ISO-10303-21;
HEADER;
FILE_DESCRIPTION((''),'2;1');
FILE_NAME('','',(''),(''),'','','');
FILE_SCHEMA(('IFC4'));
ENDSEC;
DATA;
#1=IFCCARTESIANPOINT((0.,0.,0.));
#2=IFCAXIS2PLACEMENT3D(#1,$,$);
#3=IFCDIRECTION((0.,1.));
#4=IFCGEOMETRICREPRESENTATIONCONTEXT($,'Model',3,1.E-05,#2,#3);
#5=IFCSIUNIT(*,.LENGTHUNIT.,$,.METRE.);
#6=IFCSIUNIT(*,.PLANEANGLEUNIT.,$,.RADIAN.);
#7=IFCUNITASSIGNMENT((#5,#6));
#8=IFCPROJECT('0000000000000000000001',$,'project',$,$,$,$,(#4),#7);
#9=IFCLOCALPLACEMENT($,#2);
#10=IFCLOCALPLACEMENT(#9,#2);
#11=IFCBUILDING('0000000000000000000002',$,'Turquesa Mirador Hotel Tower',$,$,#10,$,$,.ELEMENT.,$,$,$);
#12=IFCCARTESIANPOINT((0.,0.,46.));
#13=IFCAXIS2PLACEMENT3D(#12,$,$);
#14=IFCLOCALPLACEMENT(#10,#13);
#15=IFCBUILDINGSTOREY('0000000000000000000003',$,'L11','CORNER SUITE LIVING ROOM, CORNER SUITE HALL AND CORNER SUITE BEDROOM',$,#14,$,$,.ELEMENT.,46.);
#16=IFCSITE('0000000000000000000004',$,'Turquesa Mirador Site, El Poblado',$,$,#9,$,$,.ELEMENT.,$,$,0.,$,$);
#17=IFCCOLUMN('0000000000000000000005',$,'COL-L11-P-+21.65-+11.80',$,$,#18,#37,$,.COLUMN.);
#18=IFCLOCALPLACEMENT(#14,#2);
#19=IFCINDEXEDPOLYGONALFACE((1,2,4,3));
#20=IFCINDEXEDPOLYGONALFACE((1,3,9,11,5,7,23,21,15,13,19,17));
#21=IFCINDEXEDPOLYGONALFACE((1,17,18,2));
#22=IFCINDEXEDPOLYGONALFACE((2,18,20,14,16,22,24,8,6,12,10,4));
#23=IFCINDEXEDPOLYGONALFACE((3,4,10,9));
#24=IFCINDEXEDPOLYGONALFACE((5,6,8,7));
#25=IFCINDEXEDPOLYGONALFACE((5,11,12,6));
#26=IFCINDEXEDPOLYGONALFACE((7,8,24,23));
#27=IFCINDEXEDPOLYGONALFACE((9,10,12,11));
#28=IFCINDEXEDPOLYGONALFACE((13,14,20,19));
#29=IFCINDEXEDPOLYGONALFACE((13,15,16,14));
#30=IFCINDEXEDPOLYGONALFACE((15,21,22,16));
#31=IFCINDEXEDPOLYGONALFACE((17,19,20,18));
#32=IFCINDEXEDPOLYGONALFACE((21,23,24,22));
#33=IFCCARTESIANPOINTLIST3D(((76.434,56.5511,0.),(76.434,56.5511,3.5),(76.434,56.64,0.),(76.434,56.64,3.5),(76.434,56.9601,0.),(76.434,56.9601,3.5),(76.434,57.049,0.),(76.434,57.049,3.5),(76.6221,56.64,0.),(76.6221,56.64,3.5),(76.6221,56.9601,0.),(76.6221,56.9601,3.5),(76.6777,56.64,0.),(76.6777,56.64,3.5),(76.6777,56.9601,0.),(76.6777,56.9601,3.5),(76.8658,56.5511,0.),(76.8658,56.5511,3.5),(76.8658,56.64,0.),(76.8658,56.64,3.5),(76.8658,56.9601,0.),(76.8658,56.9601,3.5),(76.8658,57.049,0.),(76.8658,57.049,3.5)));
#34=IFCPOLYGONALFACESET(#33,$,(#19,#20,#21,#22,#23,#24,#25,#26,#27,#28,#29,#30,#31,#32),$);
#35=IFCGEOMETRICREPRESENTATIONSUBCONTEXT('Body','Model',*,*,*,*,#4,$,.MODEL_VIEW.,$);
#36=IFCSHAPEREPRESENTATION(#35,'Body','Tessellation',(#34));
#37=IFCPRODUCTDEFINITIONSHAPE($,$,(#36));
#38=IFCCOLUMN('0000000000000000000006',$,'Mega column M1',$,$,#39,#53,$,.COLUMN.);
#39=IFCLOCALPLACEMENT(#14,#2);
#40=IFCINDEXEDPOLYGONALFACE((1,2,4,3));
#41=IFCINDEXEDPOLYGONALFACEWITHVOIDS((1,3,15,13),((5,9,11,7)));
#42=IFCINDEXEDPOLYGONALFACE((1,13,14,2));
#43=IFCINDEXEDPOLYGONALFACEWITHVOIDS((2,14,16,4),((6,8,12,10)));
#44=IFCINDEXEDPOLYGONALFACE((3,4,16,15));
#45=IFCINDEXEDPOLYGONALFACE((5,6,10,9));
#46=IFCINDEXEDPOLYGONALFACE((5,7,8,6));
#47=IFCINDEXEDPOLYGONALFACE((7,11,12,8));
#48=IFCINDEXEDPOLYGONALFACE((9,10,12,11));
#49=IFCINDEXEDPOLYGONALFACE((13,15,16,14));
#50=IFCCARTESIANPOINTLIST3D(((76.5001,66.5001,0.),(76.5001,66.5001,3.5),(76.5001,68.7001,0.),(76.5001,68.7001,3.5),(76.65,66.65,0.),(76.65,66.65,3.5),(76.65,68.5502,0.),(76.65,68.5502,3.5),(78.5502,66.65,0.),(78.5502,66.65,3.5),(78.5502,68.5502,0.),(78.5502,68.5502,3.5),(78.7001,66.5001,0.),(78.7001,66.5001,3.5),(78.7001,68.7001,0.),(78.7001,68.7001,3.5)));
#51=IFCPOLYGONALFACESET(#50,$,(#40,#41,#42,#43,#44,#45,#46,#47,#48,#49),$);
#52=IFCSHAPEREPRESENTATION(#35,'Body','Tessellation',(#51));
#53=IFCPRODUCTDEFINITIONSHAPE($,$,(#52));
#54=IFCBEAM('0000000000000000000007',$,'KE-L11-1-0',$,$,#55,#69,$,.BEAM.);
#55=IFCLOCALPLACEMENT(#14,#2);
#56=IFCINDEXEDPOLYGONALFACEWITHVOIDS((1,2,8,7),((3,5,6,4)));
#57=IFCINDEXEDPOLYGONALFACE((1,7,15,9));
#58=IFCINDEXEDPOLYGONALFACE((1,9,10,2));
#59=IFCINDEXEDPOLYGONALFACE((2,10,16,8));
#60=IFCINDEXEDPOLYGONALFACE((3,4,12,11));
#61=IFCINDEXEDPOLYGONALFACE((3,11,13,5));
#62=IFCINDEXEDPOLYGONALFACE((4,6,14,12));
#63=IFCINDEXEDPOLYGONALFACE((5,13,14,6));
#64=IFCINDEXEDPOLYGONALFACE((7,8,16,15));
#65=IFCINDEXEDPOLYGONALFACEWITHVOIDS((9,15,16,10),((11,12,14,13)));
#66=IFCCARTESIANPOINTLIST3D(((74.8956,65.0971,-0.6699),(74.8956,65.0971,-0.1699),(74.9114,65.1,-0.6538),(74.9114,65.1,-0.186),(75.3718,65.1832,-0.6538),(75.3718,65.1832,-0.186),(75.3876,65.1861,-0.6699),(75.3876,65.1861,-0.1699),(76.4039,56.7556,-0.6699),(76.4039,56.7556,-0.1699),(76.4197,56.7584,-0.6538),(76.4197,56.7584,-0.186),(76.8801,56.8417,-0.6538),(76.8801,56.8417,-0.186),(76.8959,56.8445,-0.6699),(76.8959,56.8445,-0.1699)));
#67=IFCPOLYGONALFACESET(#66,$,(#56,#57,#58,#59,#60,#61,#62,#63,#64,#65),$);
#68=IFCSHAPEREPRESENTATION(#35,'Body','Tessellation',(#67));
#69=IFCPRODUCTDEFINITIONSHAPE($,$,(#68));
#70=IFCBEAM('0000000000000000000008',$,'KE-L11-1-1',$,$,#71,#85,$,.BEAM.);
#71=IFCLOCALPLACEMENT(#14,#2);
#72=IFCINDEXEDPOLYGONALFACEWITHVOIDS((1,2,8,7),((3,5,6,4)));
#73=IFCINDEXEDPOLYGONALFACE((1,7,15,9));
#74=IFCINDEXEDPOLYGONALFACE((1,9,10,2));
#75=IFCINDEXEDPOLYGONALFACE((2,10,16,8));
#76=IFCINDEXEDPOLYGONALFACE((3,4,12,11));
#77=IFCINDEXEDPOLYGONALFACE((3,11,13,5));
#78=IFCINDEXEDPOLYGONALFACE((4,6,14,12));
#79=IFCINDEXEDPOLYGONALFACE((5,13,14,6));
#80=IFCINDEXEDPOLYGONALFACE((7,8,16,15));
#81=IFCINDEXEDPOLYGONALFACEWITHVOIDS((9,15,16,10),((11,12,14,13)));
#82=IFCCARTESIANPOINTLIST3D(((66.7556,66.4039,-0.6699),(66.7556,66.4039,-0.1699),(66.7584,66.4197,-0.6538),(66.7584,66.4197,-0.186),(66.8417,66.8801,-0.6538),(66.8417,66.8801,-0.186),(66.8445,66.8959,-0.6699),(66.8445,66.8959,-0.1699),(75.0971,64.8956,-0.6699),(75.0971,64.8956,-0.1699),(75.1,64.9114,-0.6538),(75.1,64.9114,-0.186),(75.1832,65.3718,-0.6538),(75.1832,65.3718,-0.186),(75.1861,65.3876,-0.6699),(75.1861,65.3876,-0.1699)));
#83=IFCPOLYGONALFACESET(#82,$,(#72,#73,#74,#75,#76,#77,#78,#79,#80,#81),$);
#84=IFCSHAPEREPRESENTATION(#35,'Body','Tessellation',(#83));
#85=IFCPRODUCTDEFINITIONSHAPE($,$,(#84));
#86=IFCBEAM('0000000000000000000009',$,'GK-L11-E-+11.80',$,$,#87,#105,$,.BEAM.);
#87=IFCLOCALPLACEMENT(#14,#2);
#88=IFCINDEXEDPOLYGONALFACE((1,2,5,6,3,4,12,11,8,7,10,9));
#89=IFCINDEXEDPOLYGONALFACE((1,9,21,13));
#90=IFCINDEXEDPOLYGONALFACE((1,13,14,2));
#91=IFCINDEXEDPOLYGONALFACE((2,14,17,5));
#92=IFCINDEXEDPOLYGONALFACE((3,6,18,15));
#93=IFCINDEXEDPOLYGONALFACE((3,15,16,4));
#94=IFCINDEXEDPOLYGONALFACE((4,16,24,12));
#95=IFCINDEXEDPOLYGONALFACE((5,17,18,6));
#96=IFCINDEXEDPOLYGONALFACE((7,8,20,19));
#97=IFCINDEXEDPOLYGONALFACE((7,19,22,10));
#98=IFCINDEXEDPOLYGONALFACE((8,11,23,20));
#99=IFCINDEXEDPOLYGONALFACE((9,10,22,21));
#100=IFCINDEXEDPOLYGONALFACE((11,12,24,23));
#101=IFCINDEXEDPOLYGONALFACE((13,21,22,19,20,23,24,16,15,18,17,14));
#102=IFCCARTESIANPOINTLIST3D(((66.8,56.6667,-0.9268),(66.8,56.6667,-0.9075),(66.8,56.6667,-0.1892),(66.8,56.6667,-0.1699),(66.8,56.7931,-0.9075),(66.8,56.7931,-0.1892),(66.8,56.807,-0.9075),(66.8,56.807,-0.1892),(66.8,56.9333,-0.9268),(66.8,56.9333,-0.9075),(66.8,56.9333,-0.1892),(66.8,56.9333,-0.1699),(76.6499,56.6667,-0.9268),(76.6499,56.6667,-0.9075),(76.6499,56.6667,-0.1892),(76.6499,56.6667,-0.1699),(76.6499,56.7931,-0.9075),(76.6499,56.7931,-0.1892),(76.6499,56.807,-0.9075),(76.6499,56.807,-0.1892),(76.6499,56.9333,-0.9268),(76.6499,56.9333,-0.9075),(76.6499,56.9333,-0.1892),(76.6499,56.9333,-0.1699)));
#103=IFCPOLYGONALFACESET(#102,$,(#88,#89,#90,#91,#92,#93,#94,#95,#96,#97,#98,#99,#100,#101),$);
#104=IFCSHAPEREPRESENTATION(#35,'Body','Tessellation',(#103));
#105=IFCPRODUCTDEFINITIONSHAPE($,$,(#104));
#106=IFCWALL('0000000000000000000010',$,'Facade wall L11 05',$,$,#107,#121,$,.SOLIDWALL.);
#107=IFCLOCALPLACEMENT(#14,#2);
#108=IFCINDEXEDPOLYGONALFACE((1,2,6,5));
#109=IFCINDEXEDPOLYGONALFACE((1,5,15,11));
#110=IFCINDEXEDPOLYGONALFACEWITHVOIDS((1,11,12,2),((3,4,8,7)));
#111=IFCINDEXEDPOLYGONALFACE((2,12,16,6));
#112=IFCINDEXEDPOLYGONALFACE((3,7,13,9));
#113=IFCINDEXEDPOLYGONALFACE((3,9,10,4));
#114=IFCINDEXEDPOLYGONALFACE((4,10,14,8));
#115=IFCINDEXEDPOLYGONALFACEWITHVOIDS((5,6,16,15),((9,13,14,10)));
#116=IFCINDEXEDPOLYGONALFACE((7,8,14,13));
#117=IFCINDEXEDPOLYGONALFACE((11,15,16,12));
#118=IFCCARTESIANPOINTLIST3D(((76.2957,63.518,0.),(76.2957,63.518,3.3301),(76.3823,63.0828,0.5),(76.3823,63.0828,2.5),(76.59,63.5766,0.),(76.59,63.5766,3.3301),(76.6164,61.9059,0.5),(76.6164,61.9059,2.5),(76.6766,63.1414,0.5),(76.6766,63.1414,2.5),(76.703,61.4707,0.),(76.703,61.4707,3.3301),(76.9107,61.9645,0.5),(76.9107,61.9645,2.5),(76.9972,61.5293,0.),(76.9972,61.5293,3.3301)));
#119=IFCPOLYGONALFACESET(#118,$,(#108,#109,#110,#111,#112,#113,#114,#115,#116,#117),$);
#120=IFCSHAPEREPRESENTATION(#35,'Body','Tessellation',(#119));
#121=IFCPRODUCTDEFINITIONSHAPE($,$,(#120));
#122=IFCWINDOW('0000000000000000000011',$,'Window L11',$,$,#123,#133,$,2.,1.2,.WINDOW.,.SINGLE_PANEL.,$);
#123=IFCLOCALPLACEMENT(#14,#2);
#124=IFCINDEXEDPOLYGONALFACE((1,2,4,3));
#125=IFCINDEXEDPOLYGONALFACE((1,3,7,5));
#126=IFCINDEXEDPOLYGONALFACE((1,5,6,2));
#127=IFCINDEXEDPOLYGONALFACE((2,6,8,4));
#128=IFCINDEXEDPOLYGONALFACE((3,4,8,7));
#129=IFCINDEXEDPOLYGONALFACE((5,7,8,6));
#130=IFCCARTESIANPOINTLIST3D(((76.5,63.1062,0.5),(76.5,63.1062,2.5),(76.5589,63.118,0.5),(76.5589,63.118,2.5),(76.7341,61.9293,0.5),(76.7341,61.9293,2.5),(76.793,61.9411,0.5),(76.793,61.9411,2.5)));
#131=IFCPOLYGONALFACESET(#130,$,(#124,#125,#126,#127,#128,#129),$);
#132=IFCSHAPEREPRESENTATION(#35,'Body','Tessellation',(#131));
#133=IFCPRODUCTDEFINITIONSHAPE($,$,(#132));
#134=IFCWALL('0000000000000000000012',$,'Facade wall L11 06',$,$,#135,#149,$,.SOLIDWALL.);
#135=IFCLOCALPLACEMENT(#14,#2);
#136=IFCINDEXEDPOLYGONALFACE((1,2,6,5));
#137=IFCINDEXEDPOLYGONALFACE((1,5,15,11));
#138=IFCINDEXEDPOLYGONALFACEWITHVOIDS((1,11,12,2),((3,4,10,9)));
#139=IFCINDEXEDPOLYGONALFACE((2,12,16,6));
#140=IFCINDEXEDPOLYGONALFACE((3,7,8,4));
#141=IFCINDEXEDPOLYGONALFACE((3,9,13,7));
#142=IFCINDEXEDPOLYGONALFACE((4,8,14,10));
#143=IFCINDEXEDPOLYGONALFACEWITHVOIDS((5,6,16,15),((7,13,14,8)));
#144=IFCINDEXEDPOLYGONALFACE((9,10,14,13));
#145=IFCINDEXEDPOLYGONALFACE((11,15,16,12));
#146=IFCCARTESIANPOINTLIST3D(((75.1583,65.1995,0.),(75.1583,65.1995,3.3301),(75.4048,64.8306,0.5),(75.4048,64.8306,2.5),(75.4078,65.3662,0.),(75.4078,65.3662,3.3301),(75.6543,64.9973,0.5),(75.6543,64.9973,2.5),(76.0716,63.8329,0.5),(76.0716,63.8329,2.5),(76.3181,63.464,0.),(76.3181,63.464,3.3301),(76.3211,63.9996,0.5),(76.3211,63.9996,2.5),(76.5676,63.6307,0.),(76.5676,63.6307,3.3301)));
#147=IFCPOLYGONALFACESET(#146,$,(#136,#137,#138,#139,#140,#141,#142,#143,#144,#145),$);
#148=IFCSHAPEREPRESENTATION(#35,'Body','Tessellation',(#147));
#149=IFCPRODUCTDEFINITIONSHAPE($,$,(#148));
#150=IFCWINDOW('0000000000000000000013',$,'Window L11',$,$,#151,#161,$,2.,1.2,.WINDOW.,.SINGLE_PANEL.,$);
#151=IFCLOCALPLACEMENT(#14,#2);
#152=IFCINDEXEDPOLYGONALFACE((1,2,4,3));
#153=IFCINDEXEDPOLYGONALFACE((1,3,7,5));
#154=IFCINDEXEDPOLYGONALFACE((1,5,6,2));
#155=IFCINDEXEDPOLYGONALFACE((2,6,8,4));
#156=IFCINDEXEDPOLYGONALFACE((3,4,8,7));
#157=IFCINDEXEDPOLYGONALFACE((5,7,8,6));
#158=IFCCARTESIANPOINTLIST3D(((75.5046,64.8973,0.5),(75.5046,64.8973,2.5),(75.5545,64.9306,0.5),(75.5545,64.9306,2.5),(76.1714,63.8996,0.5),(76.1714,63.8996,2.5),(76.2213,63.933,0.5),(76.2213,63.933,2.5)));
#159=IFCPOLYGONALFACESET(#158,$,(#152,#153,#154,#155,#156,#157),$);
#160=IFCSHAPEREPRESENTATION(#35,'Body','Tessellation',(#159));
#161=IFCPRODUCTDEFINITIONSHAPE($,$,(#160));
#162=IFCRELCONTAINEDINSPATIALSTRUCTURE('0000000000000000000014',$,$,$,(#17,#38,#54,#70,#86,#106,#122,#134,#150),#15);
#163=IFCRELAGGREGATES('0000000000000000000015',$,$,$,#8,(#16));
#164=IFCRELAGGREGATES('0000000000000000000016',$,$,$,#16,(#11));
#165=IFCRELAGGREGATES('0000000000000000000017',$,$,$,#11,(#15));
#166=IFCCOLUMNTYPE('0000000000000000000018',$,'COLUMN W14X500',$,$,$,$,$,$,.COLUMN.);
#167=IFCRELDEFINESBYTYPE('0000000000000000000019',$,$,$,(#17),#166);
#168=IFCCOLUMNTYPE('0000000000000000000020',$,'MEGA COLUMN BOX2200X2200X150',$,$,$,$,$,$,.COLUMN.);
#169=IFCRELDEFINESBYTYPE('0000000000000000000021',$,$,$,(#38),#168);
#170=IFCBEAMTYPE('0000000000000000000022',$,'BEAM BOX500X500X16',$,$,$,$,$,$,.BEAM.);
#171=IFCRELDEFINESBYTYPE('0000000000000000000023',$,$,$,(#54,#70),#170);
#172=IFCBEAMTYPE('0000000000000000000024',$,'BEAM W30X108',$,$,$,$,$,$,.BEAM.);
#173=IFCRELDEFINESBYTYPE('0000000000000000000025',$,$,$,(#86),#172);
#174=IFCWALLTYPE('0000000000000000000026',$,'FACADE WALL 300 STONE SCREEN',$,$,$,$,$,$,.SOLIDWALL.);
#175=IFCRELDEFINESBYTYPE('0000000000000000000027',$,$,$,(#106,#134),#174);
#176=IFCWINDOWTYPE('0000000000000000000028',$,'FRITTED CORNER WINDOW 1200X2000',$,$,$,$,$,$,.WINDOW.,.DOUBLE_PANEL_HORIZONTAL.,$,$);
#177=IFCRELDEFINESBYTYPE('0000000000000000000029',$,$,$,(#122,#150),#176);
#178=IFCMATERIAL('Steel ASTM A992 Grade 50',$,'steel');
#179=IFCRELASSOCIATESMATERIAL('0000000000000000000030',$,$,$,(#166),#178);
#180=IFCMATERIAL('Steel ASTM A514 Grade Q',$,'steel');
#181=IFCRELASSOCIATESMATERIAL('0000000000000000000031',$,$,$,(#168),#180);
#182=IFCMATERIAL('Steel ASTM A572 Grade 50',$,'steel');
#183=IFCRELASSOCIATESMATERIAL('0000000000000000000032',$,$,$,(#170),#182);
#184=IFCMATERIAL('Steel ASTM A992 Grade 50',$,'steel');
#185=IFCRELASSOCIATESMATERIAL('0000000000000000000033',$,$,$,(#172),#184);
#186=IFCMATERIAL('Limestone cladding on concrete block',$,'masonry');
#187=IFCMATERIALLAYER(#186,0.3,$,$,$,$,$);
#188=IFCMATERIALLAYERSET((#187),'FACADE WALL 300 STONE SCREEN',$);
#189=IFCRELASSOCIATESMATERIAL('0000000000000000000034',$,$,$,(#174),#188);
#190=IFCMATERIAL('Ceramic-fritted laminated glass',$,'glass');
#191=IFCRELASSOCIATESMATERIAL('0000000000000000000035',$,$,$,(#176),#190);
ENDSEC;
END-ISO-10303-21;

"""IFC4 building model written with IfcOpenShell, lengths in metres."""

from ifc_helpers import new_model, si_unit, direction, frame, frame_2d, origin, origin_2d, place, context, subcontext, project, spatial, rectangle, hollow_rectangle, i_section, extrude, material, layer, layer_set, material_profile, profile_set, type_object, element, fill, save


model = new_model("IFC4")

# Units and contexts
model_context = context("Model", 3, precision=1e-05, world=origin(), true_north=direction((0.0, 1.0)))
body_context = subcontext(model_context, "Body", "Model", "MODEL_VIEW")
ifc_project = project(units=[si_unit("LENGTHUNIT", "METRE"), si_unit("PLANEANGLEUNIT", "RADIAN")], contexts=[model_context])

# Site, building, storey
site_placement = place(None, origin())
site = spatial("IfcSite", under=ifc_project, at=site_placement, Name="Turquesa Mirador Site, El Poblado", CompositionType="ELEMENT", RefElevation=0.0)
building_placement = place(site_placement, origin())
building = spatial("IfcBuilding", under=site, at=building_placement, Name="Turquesa Mirador Hotel Tower", CompositionType="ELEMENT")
storey_placement = place(building_placement, frame((0.0, 0.0, 46.0)))
storey = spatial("IfcBuildingStorey", under=building, at=storey_placement, Name="L11", Description="CORNER SUITE LIVING ROOM, CORNER SUITE HALL AND CORNER SUITE BEDROOM", CompositionType="ELEMENT", Elevation=46.0)

# Columns
ifc_material_1 = material(Name="Steel ASTM A992 Grade 50", Category="steel")
ifc_material_profile_1 = material_profile(ifc_material_1, i_section(OverallWidth=0.4319, OverallDepth=0.4978, WebThickness=0.0557, FlangeThickness=0.0889, at=origin_2d()), Name="W14X500")
ifc_profile_set_1 = profile_set([ifc_material_profile_1], Name="Steel ASTM A992 Grade 50")
column_type_1 = type_object("IfcColumnType", Name="COLUMN W14X500", PredefinedType="COLUMN", material=ifc_profile_set_1)
column_1_placement = place(storey_placement, frame((76.6499, 56.8, 0.0), z_axis=(0.0, 0.0, 1.0), x_axis=(1.0, 0.0, 0.0)))
element("IfcColumn", 1, at=column_1_placement, inside=storey, type_object=column_type_1, Name="COL-L11-P-+21.65-+11.80", PredefinedType="COLUMN", context=body_context, shape_type="SweptSolid", body=[
    extrude(i_section(OverallWidth=0.4319, OverallDepth=0.4978, WebThickness=0.0557, FlangeThickness=0.0889, at=origin_2d()), origin(), (0.0, 0.0, 1.0), 3.5),
])
ifc_material_2 = material(Name="Steel ASTM A514 Grade Q", Category="steel")
ifc_material_profile_2 = material_profile(ifc_material_2, hollow_rectangle(XDim=2.2, YDim=2.2, WallThickness=0.1499, at=origin_2d()), Name="BOX2200X2200X150")
ifc_profile_set_2 = profile_set([ifc_material_profile_2], Name="Steel ASTM A514 Grade Q")
column_type_2 = type_object("IfcColumnType", Name="MEGA COLUMN BOX2200X2200X150", PredefinedType="COLUMN", material=ifc_profile_set_2)
column_2_placement = place(storey_placement, frame((77.6001, 67.6001, 0.0), z_axis=(0.0, 0.0, 1.0), x_axis=(1.0, 0.0, 0.0)))
element("IfcColumn", 2, at=column_2_placement, inside=storey, type_object=column_type_2, Name="Mega column M1", PredefinedType="COLUMN", context=body_context, shape_type="SweptSolid", body=[
    extrude(hollow_rectangle(XDim=2.2, YDim=2.2, WallThickness=0.1499, at=origin_2d()), origin(), (0.0, 0.0, 1.0), 3.5),
])

# Beams
ifc_material_3 = material(Name="Steel ASTM A572 Grade 50", Category="steel")
ifc_material_profile_3 = material_profile(ifc_material_3, hollow_rectangle(XDim=0.5, YDim=0.5, WallThickness=0.0161, at=origin_2d()), Name="BOX500X500X16")
ifc_profile_set_3 = profile_set([ifc_material_profile_3], Name="Steel ASTM A572 Grade 50")
beam_type_1 = type_object("IfcBeamType", Name="BEAM BOX500X500X16", PredefinedType="BEAM", material=ifc_profile_set_3)
for number, where, z_axis, x_axis, name in (
    (3, (76.6499, 56.8, -0.4199), (-0.177932, 0.984043, 0.0), (-0.984043, -0.177932, 0.0), "KE-L11-1-0"),
    (4, (75.1416, 65.1416, -0.4199), (-0.984043, 0.177932, 0.0), (-0.177932, -0.984043, 0.0), "KE-L11-1-1"),
):
    element("IfcBeam", number, at=place(storey_placement, frame(where, z_axis=z_axis, x_axis=x_axis)), inside=storey, type_object=beam_type_1, Name=name, PredefinedType="BEAM", context=body_context, shape_type="SweptSolid", body=[
        extrude(hollow_rectangle(XDim=0.5, YDim=0.5, WallThickness=0.0161, at=origin_2d()), origin(), (0.0, 0.0, 1.0), 8.4768),
    ])
ifc_material_4 = material(Name="Steel ASTM A992 Grade 50", Category="steel")
ifc_material_profile_4 = material_profile(ifc_material_4, i_section(OverallWidth=0.2666, OverallDepth=0.7568, WebThickness=0.0139, FlangeThickness=0.0193, at=origin_2d()), Name="W30X108")
ifc_profile_set_4 = profile_set([ifc_material_profile_4], Name="Steel ASTM A992 Grade 50")
beam_type_2 = type_object("IfcBeamType", Name="BEAM W30X108", PredefinedType="BEAM", material=ifc_profile_set_4)
beam_placement = place(storey_placement, frame((76.6499, 56.8, -0.5483), z_axis=(-1.0, 0.0, 0.0), x_axis=(0.0, -1.0, 0.0)))
element("IfcBeam", 5, at=beam_placement, inside=storey, type_object=beam_type_2, Name="GK-L11-E-+11.80", PredefinedType="BEAM", context=body_context, shape_type="SweptSolid", body=[
    extrude(i_section(OverallWidth=0.2666, OverallDepth=0.7568, WebThickness=0.0139, FlangeThickness=0.0193, at=origin_2d()), origin(), (0.0, 0.0, 1.0), 9.8499),
])

# Walls, openings, windows
ifc_material_5 = material(Name="Limestone cladding on concrete block", Category="masonry")
ifc_layer = layer(ifc_material_5, 0.3)
ifc_layer_set = layer_set([ifc_layer], Name="FACADE WALL 300 STONE SCREEN")
wall_type = type_object("IfcWallType", Name="FACADE WALL 300 STONE SCREEN", PredefinedType="SOLIDWALL", material=ifc_layer_set)
wall_1_placement = place(storey_placement, frame((76.8501, 61.5, 0.0), z_axis=(0.0, 0.0, 1.0), x_axis=(-0.195081, 0.980787, 0.0)))
wall_1 = element("IfcWall", 6, at=wall_1_placement, inside=storey, type_object=wall_type, Name="Facade wall L11 05", PredefinedType="SOLIDWALL", context=body_context, shape_type="SweptSolid", body=[
    extrude(rectangle(XDim=2.0874, YDim=0.3, at=frame_2d((1.0437, 0.0))), origin(), (0.0, 0.0, 1.0), 3.3301),
])
opening_1_placement = place(wall_1_placement, frame((0.4436, 0.0, 0.5)))
opening_1 = element("IfcOpeningElement", 7, at=opening_1_placement, cuts=wall_1, PredefinedType="OPENING", context=body_context, shape_type="SweptSolid", body=[
    extrude(rectangle(XDim=1.2, YDim=2.0, at=frame_2d((0.6001, 1.0))), frame((0.0, 0.1599, 0.0), z_axis=(0.0, -1.0, 0.0), x_axis=(1.0, 0.0, 0.0)), (0.0, 0.0, 1.0), 0.3201),
])
ifc_material_6 = material(Name="Ceramic-fritted laminated glass", Category="glass")
window_type = type_object("IfcWindowType", Name="FRITTED CORNER WINDOW 1200X2000", PartitioningType="DOUBLE_PANEL_HORIZONTAL", PredefinedType="WINDOW", material=ifc_material_6)
window_1_placement = place(opening_1_placement, origin())
window_1 = element("IfcWindow", 8, at=window_1_placement, inside=storey, type_object=window_type, Name="Window L11", OverallHeight=2.0, OverallWidth=1.2, PartitioningType="SINGLE_PANEL", PredefinedType="WINDOW", context=body_context, shape_type="SweptSolid", body=[
    extrude(rectangle(XDim=1.2, YDim=2.0, at=frame_2d((0.6001, 1.0))), frame((0.0, 0.03, 0.0), z_axis=(0.0, -1.0, 0.0), x_axis=(1.0, 0.0, 0.0)), (0.0, 0.0, 1.0), 0.0601),
])
fill(opening_1, window_1)
wall_2_placement = place(storey_placement, frame((76.4429, 63.5474, 0.0), z_axis=(0.0, 0.0, 1.0), x_axis=(-0.555644, 0.83142, 0.0)))
wall_2 = element("IfcWall", 9, at=wall_2_placement, inside=storey, type_object=wall_type, Name="Facade wall L11 06", PredefinedType="SOLIDWALL", context=body_context, shape_type="SweptSolid", body=[
    extrude(rectangle(XDim=2.0874, YDim=0.3, at=frame_2d((1.0437, 0.0))), origin(), (0.0, 0.0, 1.0), 3.3301),
])
opening_2_placement = place(wall_2_placement, frame((0.4436, 0.0, 0.5)))
opening_2 = element("IfcOpeningElement", 10, at=opening_2_placement, cuts=wall_2, PredefinedType="OPENING", context=body_context, shape_type="SweptSolid", body=[
    extrude(rectangle(XDim=1.2, YDim=2.0, at=frame_2d((0.6001, 1.0))), frame((0.0, 0.1599, 0.0), z_axis=(0.0, -1.0, 0.0), x_axis=(1.0, 0.0, 0.0)), (0.0, 0.0, 1.0), 0.3201),
])
window_2_placement = place(opening_2_placement, origin())
window_2 = element("IfcWindow", 11, at=window_2_placement, inside=storey, type_object=window_type, Name="Window L11", OverallHeight=2.0, OverallWidth=1.2, PartitioningType="SINGLE_PANEL", PredefinedType="WINDOW", context=body_context, shape_type="SweptSolid", body=[
    extrude(rectangle(XDim=1.2, YDim=2.0, at=frame_2d((0.6001, 1.0))), frame((0.0, 0.03, 0.0), z_axis=(0.0, -1.0, 0.0), x_axis=(1.0, 0.0, 0.0)), (0.0, 0.0, 1.0), 0.0601),
])
fill(opening_2, window_2)

save(model, "model.ifc")
